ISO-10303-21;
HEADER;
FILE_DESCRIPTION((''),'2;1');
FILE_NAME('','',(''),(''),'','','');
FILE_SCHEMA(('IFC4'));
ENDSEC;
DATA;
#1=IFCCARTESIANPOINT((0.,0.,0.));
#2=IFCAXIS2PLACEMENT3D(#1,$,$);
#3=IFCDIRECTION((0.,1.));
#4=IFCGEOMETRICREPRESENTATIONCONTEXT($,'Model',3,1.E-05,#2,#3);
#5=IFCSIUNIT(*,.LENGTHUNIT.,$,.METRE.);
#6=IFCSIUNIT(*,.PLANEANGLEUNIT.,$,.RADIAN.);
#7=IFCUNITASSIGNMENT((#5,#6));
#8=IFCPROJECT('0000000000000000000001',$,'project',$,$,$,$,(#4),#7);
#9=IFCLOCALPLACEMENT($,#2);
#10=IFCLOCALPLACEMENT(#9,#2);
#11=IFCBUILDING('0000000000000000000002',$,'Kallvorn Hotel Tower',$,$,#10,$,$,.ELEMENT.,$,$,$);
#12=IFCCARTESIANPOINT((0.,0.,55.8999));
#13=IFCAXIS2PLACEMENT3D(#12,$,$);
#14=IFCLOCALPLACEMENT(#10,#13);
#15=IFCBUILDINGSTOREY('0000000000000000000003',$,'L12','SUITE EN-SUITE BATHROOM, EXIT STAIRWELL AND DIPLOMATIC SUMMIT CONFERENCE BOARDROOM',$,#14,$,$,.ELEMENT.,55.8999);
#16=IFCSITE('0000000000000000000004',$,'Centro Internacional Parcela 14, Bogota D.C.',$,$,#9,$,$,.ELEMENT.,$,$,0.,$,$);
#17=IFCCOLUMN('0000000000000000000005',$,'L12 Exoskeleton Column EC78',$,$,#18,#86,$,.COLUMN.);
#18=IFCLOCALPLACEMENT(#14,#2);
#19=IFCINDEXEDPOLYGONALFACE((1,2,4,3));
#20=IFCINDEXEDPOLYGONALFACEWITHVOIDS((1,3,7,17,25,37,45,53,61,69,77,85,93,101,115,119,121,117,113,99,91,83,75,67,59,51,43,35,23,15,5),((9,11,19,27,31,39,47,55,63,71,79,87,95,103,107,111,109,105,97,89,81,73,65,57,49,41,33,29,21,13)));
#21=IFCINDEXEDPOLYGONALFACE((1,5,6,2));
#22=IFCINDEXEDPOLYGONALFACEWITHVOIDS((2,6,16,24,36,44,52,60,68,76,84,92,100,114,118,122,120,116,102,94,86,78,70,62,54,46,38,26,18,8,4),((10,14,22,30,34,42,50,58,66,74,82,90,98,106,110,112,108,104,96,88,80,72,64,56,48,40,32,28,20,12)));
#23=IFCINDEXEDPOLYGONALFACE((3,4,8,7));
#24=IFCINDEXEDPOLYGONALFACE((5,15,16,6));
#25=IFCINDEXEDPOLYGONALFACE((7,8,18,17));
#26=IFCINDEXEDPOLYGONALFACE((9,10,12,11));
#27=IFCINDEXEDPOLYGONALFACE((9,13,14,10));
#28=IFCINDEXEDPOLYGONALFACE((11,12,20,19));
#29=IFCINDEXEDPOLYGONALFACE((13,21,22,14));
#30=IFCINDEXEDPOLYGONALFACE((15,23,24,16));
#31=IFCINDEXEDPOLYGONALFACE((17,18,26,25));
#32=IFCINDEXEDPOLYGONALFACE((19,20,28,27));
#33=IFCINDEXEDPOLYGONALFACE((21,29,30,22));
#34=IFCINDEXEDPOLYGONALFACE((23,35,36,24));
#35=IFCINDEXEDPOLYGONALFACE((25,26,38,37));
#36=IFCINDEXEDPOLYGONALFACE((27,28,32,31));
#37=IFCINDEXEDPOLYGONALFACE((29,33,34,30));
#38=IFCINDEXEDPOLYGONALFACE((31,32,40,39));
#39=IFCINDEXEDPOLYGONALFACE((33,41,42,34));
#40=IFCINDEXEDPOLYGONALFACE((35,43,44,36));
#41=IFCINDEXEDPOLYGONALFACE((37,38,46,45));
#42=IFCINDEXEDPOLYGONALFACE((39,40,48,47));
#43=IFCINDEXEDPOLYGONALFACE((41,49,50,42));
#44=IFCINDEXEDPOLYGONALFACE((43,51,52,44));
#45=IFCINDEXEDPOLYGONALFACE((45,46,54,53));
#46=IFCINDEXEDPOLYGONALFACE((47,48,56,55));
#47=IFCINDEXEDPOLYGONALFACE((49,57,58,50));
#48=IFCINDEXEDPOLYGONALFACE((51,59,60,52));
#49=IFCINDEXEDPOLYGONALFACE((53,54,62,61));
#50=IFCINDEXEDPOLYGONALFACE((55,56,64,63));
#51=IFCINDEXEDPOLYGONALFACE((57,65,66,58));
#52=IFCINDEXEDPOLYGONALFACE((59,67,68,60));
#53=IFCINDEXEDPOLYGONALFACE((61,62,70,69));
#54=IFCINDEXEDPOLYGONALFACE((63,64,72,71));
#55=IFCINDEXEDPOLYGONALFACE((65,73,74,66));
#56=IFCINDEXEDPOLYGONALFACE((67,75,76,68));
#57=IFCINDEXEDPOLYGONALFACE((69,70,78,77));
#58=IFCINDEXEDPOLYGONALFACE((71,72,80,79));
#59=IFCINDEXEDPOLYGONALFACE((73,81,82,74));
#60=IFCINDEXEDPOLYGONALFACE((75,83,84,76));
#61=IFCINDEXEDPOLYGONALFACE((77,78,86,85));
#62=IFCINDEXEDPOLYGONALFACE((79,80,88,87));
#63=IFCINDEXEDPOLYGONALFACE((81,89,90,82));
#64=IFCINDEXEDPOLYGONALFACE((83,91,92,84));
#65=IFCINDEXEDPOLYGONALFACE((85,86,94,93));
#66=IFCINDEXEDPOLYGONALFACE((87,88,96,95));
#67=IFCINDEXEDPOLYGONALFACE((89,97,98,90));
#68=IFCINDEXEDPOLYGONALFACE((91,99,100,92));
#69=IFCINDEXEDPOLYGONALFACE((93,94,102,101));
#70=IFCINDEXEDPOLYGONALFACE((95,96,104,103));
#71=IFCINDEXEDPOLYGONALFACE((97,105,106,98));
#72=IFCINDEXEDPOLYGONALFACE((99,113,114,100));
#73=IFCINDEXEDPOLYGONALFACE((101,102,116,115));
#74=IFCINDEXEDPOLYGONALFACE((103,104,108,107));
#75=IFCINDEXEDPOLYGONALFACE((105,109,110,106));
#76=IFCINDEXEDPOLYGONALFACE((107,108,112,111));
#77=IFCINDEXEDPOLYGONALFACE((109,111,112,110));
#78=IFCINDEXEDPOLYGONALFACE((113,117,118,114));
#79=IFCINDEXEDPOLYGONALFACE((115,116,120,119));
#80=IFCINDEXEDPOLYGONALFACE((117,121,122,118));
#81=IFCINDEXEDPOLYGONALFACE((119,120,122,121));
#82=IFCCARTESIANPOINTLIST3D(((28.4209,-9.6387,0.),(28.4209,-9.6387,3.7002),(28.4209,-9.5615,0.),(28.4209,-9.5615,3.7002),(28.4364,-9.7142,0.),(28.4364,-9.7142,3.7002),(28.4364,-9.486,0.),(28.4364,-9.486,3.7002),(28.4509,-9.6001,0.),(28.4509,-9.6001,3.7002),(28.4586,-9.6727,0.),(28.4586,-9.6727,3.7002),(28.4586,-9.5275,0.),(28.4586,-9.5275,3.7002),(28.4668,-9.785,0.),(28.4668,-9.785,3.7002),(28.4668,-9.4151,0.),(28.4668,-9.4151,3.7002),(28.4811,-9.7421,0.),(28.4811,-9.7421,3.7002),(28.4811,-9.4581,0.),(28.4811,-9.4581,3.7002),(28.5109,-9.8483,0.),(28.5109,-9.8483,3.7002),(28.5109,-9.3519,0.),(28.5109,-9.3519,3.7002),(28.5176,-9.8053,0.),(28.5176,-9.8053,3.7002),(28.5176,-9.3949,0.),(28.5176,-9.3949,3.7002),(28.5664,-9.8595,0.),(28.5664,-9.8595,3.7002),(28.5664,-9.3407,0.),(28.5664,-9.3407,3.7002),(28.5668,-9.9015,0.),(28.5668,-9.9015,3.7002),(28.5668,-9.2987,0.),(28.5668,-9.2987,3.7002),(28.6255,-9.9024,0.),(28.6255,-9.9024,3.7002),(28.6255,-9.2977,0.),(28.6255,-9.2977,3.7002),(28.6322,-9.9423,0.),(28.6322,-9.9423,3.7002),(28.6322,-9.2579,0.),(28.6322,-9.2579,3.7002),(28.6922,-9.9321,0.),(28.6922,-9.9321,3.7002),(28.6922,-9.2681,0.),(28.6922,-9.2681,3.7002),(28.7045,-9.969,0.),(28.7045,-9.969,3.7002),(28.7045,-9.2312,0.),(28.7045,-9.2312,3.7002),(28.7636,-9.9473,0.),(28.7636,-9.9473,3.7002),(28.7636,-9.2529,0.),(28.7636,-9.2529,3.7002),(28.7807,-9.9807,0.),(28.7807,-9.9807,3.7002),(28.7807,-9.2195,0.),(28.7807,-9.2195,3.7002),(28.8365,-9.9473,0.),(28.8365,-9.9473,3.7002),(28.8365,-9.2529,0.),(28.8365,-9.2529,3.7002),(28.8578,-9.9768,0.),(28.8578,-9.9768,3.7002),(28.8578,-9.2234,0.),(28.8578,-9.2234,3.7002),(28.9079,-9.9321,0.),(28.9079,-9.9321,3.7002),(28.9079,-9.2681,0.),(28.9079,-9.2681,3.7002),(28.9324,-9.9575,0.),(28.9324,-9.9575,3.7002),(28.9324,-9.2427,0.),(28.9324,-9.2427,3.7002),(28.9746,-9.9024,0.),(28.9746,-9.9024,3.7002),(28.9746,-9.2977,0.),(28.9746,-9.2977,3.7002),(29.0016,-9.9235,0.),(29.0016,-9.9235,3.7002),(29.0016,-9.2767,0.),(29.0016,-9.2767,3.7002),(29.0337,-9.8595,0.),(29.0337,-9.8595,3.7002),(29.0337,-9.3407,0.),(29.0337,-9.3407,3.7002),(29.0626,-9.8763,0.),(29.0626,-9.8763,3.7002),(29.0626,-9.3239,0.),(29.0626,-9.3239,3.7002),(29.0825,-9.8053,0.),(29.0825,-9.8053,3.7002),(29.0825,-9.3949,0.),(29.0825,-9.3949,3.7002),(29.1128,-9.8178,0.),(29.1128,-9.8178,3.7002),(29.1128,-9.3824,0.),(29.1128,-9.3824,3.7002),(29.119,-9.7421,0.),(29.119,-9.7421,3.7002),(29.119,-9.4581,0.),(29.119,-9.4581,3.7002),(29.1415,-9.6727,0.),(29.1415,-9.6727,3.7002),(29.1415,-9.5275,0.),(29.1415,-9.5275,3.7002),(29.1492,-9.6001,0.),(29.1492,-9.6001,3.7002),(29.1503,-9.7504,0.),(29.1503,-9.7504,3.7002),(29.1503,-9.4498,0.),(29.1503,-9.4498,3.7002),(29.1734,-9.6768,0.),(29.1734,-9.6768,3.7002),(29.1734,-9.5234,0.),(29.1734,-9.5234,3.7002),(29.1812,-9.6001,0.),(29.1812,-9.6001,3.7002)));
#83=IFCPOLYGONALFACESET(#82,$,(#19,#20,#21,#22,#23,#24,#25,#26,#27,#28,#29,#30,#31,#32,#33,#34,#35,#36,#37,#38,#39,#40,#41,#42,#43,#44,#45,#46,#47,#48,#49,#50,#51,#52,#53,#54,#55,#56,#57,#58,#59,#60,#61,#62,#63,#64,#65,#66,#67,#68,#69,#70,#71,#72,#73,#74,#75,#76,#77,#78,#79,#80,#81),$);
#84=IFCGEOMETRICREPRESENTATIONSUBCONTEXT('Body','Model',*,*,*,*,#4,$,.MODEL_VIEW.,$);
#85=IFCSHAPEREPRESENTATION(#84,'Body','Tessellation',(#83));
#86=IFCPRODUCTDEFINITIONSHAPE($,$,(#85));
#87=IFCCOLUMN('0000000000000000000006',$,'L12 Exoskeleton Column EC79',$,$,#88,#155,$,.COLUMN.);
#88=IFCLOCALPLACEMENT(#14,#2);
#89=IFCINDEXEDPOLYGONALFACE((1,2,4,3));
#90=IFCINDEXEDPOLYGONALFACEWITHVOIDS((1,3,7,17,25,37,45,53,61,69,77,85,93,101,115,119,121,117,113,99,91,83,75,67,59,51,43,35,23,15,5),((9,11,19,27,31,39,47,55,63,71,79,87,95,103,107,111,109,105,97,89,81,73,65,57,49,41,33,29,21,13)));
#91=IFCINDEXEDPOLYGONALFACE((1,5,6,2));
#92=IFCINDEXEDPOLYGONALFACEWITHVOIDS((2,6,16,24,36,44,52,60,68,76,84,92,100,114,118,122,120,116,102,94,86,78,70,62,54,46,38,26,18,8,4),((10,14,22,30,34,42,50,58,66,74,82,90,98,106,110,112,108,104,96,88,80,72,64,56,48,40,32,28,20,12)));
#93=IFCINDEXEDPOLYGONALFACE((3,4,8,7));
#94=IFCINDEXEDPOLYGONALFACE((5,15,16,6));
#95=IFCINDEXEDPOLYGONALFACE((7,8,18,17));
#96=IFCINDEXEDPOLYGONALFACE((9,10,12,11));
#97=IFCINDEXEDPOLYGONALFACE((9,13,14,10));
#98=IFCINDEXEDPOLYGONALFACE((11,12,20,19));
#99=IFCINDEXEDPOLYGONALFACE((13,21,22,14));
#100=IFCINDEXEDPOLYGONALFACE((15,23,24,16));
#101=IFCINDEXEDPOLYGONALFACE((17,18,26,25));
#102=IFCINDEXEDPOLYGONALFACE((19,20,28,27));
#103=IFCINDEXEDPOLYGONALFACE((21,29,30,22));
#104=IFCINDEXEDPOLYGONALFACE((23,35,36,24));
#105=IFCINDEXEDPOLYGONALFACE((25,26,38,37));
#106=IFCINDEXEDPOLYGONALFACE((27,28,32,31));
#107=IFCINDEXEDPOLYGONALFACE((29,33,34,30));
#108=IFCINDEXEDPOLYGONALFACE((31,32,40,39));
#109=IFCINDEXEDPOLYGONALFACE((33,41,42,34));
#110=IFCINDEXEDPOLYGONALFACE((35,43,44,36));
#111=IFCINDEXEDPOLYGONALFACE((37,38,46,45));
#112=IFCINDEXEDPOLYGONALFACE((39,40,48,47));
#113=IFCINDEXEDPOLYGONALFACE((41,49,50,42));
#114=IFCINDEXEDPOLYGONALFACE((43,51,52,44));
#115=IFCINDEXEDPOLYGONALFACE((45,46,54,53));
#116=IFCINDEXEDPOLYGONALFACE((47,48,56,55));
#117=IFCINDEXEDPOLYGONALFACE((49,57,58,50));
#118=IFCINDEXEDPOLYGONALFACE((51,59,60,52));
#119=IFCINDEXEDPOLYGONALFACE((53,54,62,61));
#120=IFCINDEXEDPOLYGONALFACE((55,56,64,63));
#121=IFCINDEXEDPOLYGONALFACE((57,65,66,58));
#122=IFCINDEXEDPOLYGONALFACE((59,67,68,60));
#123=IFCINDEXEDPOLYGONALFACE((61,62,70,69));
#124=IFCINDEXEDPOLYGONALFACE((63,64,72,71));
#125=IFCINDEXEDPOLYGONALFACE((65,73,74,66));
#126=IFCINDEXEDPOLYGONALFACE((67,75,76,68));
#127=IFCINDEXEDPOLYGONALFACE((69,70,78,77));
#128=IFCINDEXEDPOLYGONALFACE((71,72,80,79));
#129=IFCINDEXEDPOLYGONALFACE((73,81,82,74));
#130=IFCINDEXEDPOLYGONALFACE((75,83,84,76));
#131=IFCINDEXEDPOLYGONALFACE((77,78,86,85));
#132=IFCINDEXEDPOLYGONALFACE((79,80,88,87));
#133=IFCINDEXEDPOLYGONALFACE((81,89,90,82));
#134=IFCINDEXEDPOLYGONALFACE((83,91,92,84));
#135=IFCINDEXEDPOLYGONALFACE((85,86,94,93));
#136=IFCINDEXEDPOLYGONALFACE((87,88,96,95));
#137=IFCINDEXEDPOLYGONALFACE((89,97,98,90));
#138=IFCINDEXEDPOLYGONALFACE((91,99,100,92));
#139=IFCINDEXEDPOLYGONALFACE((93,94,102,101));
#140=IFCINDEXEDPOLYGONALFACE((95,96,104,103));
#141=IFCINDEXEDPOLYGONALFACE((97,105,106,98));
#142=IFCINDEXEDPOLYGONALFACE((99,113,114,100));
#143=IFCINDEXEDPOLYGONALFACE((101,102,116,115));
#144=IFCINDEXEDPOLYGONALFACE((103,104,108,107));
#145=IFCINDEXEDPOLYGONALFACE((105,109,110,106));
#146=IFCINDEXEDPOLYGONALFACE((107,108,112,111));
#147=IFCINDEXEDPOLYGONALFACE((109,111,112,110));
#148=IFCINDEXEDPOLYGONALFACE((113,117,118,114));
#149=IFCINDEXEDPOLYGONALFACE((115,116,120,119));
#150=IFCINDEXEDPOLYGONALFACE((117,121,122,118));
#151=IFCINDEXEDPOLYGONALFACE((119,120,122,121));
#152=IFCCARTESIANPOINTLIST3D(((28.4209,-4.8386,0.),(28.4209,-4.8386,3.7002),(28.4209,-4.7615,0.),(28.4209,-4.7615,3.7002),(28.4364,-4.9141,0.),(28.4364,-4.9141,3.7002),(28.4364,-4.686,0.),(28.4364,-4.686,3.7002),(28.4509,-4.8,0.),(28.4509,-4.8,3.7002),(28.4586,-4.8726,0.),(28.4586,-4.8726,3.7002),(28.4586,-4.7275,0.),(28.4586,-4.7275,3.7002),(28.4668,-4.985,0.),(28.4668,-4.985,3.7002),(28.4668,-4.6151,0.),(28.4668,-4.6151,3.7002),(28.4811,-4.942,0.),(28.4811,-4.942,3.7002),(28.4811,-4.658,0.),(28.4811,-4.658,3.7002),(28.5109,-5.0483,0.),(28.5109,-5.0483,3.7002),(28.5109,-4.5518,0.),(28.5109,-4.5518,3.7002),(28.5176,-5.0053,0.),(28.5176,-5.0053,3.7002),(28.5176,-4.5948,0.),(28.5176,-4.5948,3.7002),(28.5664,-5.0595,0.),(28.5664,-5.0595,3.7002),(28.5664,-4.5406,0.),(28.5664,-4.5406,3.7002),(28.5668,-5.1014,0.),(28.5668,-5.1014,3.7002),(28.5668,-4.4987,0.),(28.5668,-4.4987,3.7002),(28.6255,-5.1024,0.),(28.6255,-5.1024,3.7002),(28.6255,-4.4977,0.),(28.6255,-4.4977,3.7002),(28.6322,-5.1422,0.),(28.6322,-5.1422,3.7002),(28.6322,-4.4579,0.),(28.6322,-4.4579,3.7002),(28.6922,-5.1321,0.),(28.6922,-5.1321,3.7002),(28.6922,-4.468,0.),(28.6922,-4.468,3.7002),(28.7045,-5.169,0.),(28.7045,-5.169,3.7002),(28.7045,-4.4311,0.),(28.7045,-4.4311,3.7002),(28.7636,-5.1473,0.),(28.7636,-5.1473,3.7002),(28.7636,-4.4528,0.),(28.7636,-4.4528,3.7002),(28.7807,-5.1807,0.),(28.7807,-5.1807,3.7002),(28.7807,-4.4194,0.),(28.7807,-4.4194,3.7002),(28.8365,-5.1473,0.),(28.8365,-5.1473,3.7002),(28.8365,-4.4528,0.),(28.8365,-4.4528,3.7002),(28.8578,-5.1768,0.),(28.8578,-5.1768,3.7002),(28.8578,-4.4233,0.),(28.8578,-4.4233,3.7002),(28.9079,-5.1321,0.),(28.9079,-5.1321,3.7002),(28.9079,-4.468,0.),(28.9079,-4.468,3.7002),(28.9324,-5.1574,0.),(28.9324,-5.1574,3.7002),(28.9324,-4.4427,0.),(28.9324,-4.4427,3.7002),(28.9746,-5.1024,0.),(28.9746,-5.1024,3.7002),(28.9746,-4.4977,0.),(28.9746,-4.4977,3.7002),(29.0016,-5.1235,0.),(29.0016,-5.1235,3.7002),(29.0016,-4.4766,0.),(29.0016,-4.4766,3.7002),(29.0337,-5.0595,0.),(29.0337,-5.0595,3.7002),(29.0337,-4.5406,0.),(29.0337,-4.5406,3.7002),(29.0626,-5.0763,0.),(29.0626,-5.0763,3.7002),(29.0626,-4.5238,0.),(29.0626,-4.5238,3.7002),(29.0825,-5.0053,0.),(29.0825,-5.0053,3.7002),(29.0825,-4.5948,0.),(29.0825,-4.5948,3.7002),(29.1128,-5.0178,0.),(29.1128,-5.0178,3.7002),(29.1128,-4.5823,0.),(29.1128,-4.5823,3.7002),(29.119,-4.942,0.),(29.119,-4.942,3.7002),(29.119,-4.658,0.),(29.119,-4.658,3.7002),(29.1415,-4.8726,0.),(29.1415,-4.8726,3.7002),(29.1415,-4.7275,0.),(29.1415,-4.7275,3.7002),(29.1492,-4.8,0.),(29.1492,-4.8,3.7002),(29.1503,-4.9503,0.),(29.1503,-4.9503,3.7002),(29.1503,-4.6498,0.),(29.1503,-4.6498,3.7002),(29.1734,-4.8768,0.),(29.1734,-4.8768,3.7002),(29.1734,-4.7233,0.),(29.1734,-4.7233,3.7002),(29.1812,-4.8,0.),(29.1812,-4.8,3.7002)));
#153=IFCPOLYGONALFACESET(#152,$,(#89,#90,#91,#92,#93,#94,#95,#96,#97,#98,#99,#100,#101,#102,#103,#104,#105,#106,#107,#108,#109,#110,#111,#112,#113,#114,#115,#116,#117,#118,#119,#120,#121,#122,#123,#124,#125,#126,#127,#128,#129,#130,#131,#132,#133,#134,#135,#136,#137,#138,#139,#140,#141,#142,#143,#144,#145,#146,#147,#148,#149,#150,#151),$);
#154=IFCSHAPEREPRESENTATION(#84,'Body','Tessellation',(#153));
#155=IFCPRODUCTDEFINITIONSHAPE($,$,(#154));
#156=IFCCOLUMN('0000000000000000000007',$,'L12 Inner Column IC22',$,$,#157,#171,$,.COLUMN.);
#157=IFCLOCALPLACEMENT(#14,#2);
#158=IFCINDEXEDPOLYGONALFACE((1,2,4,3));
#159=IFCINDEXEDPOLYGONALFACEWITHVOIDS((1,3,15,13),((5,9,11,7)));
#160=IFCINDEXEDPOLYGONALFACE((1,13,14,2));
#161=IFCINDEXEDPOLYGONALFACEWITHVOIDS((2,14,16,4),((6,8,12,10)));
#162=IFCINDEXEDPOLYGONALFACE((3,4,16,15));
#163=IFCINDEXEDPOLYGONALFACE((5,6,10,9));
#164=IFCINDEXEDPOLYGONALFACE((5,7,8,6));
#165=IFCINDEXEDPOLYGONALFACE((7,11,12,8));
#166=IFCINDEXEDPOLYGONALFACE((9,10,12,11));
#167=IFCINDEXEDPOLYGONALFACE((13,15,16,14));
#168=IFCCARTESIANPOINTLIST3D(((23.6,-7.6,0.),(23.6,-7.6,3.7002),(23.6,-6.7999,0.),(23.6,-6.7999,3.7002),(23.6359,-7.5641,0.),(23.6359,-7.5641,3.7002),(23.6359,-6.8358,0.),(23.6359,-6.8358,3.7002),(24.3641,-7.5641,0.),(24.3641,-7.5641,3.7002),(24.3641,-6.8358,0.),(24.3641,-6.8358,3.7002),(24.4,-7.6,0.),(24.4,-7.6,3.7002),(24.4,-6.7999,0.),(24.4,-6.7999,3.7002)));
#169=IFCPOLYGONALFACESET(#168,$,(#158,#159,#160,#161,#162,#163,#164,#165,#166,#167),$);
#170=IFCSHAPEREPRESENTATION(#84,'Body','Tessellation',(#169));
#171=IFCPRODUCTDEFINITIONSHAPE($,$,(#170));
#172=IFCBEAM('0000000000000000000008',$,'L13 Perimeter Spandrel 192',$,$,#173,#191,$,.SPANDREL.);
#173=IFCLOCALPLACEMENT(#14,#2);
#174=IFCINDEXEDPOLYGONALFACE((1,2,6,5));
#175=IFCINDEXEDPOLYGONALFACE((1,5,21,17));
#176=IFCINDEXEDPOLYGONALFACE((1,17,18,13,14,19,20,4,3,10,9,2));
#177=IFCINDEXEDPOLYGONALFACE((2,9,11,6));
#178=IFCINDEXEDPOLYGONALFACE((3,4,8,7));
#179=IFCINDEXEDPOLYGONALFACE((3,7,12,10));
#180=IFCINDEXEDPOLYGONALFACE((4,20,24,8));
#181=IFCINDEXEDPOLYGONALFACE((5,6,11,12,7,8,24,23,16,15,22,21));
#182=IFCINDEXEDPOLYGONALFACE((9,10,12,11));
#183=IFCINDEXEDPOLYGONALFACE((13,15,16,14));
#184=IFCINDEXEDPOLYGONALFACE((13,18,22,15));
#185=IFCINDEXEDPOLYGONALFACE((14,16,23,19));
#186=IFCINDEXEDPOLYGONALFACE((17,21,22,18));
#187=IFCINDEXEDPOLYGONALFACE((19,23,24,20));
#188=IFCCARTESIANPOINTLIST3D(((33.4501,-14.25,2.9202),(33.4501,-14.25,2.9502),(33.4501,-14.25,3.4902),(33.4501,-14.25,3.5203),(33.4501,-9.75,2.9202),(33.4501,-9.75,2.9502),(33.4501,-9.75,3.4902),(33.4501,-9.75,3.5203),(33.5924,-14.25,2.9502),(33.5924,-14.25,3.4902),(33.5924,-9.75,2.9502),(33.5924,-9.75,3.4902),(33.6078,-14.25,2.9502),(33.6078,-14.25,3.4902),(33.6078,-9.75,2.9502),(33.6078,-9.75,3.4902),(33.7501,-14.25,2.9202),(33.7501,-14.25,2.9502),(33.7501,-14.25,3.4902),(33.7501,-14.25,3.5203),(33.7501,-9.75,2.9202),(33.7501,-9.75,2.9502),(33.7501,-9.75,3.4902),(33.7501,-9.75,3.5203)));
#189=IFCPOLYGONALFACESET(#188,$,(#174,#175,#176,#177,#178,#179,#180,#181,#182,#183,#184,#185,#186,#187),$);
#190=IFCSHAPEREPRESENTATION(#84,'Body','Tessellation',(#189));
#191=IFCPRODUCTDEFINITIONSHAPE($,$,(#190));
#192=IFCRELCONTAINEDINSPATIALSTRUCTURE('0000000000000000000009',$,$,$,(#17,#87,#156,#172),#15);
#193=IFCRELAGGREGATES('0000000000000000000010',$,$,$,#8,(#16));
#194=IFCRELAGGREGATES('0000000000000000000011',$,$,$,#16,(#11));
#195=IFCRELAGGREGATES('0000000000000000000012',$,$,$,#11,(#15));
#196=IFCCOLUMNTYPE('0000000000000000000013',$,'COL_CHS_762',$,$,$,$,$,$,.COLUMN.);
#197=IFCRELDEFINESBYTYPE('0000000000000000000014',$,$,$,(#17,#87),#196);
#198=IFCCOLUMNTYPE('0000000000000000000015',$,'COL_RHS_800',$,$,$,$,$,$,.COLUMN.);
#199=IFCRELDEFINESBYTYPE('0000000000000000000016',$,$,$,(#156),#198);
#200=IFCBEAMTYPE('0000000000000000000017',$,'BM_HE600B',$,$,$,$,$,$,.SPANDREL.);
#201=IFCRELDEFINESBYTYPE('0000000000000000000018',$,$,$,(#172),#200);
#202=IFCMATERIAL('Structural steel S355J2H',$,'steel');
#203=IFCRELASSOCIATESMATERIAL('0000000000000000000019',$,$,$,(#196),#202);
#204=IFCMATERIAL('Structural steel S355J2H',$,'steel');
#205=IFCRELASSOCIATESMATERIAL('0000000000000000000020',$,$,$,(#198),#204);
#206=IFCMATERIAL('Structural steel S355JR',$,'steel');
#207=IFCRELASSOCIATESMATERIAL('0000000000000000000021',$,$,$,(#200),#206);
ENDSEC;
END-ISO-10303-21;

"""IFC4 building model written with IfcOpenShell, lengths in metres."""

from ifc_helpers import new_model, si_unit, direction, frame, origin, origin_2d, place, context, subcontext, project, spatial, hollow_rectangle, hollow_circle, i_section, extrude, material, material_profile, profile_set, type_object, element, save


model = new_model("IFC4")

# Units and contexts
model_context = context("Model", 3, precision=1e-05, world=origin(), true_north=direction((0.0, 1.0)))
body_context = subcontext(model_context, "Body", "Model", "MODEL_VIEW")
ifc_project = project(units=[si_unit("LENGTHUNIT", "METRE"), si_unit("PLANEANGLEUNIT", "RADIAN")], contexts=[model_context])

# Site, building, storey
site_placement = place(None, origin())
site = spatial("IfcSite", under=ifc_project, at=site_placement, Name="Centro Internacional Parcela 14, Bogota D.C.", CompositionType="ELEMENT", RefElevation=0.0)
building_placement = place(site_placement, origin())
building = spatial("IfcBuilding", under=site, at=building_placement, Name="Kallvorn Hotel Tower", CompositionType="ELEMENT")
storey_placement = place(building_placement, frame((0.0, 0.0, 55.8999)))
storey = spatial("IfcBuildingStorey", under=building, at=storey_placement, Name="L12", Description="SUITE EN-SUITE BATHROOM, EXIT STAIRWELL AND DIPLOMATIC SUMMIT CONFERENCE BOARDROOM", CompositionType="ELEMENT", Elevation=55.8999)

# Columns
ifc_material_1 = material(Name="Structural steel S355J2H", Category="steel")
ifc_material_profile_1 = material_profile(ifc_material_1, hollow_circle(Radius=0.3811, WallThickness=0.032, at=origin_2d()), Name="CHS 762x32")
ifc_profile_set_1 = profile_set([ifc_material_profile_1], Name="Structural steel S355J2H")
column_type_1 = type_object("IfcColumnType", Name="COL_CHS_762", PredefinedType="COLUMN", material=ifc_profile_set_1)
for number, where, z_axis, x_axis, name in (
    (1, (28.8, -9.6001, 0.0), (0.0, 0.0, 1.0), (1.0, 0.0, 0.0), "L12 Exoskeleton Column EC78"),
    (2, (28.8, -4.8, 0.0), (0.0, 0.0, 1.0), (1.0, 0.0, 0.0), "L12 Exoskeleton Column EC79"),
):
    element("IfcColumn", number, at=place(storey_placement, frame(where, z_axis=z_axis, x_axis=x_axis)), inside=storey, type_object=column_type_1, Name=name, PredefinedType="COLUMN", context=body_context, shape_type="SweptSolid", body=[
        extrude(hollow_circle(Radius=0.3811, WallThickness=0.032, at=origin_2d()), origin(), (0.0, 0.0, 1.0), 3.7002),
    ])
ifc_material_2 = material(Name="Structural steel S355J2H", Category="steel")
ifc_material_profile_2 = material_profile(ifc_material_2, hollow_rectangle(XDim=0.8, YDim=0.8, WallThickness=0.0359, at=origin_2d()), Name="RHS 800x800x36")
ifc_profile_set_2 = profile_set([ifc_material_profile_2], Name="Structural steel S355J2H")
column_type_2 = type_object("IfcColumnType", Name="COL_RHS_800", PredefinedType="COLUMN", material=ifc_profile_set_2)
column_placement = place(storey_placement, frame((24.0, -7.2, 0.0), z_axis=(0.0, 0.0, 1.0), x_axis=(1.0, 0.0, 0.0)))
element("IfcColumn", 3, at=column_placement, inside=storey, type_object=column_type_2, Name="L12 Inner Column IC22", PredefinedType="COLUMN", context=body_context, shape_type="SweptSolid", body=[
    extrude(hollow_rectangle(XDim=0.8, YDim=0.8, WallThickness=0.0359, at=origin_2d()), origin(), (0.0, 0.0, 1.0), 3.7002),
])

# Beam
ifc_material_3 = material(Name="Structural steel S355JR", Category="steel")
ifc_material_profile_3 = material_profile(ifc_material_3, i_section(OverallWidth=0.3, OverallDepth=0.6001, WebThickness=0.0154, FlangeThickness=0.03, at=origin_2d()), Name="HE 600 B")
ifc_profile_set_3 = profile_set([ifc_material_profile_3], Name="Structural steel S355JR")
beam_type_1 = type_object("IfcBeamType", Name="BM_HE600B", PredefinedType="SPANDREL", material=ifc_profile_set_3)
for number, where, z_axis, x_axis, name in (
    (4, (33.6001, -14.25, 3.2202), (0.0, 1.0, 0.0), (-1.0, 0.0, 0.0), "L13 Perimeter Spandrel 192"),
):
    element("IfcBeam", number, at=place(storey_placement, frame(where, z_axis=z_axis, x_axis=x_axis)), inside=storey, type_object=beam_type_1, Name=name, PredefinedType="SPANDREL", context=body_context, shape_type="SweptSolid", body=[
        extrude(i_section(OverallWidth=0.3, OverallDepth=0.6001, WebThickness=0.0154, FlangeThickness=0.03, at=origin_2d()), origin(), (0.0, 0.0, 1.0), 4.5),
    ])

save(model, "model.ifc")
